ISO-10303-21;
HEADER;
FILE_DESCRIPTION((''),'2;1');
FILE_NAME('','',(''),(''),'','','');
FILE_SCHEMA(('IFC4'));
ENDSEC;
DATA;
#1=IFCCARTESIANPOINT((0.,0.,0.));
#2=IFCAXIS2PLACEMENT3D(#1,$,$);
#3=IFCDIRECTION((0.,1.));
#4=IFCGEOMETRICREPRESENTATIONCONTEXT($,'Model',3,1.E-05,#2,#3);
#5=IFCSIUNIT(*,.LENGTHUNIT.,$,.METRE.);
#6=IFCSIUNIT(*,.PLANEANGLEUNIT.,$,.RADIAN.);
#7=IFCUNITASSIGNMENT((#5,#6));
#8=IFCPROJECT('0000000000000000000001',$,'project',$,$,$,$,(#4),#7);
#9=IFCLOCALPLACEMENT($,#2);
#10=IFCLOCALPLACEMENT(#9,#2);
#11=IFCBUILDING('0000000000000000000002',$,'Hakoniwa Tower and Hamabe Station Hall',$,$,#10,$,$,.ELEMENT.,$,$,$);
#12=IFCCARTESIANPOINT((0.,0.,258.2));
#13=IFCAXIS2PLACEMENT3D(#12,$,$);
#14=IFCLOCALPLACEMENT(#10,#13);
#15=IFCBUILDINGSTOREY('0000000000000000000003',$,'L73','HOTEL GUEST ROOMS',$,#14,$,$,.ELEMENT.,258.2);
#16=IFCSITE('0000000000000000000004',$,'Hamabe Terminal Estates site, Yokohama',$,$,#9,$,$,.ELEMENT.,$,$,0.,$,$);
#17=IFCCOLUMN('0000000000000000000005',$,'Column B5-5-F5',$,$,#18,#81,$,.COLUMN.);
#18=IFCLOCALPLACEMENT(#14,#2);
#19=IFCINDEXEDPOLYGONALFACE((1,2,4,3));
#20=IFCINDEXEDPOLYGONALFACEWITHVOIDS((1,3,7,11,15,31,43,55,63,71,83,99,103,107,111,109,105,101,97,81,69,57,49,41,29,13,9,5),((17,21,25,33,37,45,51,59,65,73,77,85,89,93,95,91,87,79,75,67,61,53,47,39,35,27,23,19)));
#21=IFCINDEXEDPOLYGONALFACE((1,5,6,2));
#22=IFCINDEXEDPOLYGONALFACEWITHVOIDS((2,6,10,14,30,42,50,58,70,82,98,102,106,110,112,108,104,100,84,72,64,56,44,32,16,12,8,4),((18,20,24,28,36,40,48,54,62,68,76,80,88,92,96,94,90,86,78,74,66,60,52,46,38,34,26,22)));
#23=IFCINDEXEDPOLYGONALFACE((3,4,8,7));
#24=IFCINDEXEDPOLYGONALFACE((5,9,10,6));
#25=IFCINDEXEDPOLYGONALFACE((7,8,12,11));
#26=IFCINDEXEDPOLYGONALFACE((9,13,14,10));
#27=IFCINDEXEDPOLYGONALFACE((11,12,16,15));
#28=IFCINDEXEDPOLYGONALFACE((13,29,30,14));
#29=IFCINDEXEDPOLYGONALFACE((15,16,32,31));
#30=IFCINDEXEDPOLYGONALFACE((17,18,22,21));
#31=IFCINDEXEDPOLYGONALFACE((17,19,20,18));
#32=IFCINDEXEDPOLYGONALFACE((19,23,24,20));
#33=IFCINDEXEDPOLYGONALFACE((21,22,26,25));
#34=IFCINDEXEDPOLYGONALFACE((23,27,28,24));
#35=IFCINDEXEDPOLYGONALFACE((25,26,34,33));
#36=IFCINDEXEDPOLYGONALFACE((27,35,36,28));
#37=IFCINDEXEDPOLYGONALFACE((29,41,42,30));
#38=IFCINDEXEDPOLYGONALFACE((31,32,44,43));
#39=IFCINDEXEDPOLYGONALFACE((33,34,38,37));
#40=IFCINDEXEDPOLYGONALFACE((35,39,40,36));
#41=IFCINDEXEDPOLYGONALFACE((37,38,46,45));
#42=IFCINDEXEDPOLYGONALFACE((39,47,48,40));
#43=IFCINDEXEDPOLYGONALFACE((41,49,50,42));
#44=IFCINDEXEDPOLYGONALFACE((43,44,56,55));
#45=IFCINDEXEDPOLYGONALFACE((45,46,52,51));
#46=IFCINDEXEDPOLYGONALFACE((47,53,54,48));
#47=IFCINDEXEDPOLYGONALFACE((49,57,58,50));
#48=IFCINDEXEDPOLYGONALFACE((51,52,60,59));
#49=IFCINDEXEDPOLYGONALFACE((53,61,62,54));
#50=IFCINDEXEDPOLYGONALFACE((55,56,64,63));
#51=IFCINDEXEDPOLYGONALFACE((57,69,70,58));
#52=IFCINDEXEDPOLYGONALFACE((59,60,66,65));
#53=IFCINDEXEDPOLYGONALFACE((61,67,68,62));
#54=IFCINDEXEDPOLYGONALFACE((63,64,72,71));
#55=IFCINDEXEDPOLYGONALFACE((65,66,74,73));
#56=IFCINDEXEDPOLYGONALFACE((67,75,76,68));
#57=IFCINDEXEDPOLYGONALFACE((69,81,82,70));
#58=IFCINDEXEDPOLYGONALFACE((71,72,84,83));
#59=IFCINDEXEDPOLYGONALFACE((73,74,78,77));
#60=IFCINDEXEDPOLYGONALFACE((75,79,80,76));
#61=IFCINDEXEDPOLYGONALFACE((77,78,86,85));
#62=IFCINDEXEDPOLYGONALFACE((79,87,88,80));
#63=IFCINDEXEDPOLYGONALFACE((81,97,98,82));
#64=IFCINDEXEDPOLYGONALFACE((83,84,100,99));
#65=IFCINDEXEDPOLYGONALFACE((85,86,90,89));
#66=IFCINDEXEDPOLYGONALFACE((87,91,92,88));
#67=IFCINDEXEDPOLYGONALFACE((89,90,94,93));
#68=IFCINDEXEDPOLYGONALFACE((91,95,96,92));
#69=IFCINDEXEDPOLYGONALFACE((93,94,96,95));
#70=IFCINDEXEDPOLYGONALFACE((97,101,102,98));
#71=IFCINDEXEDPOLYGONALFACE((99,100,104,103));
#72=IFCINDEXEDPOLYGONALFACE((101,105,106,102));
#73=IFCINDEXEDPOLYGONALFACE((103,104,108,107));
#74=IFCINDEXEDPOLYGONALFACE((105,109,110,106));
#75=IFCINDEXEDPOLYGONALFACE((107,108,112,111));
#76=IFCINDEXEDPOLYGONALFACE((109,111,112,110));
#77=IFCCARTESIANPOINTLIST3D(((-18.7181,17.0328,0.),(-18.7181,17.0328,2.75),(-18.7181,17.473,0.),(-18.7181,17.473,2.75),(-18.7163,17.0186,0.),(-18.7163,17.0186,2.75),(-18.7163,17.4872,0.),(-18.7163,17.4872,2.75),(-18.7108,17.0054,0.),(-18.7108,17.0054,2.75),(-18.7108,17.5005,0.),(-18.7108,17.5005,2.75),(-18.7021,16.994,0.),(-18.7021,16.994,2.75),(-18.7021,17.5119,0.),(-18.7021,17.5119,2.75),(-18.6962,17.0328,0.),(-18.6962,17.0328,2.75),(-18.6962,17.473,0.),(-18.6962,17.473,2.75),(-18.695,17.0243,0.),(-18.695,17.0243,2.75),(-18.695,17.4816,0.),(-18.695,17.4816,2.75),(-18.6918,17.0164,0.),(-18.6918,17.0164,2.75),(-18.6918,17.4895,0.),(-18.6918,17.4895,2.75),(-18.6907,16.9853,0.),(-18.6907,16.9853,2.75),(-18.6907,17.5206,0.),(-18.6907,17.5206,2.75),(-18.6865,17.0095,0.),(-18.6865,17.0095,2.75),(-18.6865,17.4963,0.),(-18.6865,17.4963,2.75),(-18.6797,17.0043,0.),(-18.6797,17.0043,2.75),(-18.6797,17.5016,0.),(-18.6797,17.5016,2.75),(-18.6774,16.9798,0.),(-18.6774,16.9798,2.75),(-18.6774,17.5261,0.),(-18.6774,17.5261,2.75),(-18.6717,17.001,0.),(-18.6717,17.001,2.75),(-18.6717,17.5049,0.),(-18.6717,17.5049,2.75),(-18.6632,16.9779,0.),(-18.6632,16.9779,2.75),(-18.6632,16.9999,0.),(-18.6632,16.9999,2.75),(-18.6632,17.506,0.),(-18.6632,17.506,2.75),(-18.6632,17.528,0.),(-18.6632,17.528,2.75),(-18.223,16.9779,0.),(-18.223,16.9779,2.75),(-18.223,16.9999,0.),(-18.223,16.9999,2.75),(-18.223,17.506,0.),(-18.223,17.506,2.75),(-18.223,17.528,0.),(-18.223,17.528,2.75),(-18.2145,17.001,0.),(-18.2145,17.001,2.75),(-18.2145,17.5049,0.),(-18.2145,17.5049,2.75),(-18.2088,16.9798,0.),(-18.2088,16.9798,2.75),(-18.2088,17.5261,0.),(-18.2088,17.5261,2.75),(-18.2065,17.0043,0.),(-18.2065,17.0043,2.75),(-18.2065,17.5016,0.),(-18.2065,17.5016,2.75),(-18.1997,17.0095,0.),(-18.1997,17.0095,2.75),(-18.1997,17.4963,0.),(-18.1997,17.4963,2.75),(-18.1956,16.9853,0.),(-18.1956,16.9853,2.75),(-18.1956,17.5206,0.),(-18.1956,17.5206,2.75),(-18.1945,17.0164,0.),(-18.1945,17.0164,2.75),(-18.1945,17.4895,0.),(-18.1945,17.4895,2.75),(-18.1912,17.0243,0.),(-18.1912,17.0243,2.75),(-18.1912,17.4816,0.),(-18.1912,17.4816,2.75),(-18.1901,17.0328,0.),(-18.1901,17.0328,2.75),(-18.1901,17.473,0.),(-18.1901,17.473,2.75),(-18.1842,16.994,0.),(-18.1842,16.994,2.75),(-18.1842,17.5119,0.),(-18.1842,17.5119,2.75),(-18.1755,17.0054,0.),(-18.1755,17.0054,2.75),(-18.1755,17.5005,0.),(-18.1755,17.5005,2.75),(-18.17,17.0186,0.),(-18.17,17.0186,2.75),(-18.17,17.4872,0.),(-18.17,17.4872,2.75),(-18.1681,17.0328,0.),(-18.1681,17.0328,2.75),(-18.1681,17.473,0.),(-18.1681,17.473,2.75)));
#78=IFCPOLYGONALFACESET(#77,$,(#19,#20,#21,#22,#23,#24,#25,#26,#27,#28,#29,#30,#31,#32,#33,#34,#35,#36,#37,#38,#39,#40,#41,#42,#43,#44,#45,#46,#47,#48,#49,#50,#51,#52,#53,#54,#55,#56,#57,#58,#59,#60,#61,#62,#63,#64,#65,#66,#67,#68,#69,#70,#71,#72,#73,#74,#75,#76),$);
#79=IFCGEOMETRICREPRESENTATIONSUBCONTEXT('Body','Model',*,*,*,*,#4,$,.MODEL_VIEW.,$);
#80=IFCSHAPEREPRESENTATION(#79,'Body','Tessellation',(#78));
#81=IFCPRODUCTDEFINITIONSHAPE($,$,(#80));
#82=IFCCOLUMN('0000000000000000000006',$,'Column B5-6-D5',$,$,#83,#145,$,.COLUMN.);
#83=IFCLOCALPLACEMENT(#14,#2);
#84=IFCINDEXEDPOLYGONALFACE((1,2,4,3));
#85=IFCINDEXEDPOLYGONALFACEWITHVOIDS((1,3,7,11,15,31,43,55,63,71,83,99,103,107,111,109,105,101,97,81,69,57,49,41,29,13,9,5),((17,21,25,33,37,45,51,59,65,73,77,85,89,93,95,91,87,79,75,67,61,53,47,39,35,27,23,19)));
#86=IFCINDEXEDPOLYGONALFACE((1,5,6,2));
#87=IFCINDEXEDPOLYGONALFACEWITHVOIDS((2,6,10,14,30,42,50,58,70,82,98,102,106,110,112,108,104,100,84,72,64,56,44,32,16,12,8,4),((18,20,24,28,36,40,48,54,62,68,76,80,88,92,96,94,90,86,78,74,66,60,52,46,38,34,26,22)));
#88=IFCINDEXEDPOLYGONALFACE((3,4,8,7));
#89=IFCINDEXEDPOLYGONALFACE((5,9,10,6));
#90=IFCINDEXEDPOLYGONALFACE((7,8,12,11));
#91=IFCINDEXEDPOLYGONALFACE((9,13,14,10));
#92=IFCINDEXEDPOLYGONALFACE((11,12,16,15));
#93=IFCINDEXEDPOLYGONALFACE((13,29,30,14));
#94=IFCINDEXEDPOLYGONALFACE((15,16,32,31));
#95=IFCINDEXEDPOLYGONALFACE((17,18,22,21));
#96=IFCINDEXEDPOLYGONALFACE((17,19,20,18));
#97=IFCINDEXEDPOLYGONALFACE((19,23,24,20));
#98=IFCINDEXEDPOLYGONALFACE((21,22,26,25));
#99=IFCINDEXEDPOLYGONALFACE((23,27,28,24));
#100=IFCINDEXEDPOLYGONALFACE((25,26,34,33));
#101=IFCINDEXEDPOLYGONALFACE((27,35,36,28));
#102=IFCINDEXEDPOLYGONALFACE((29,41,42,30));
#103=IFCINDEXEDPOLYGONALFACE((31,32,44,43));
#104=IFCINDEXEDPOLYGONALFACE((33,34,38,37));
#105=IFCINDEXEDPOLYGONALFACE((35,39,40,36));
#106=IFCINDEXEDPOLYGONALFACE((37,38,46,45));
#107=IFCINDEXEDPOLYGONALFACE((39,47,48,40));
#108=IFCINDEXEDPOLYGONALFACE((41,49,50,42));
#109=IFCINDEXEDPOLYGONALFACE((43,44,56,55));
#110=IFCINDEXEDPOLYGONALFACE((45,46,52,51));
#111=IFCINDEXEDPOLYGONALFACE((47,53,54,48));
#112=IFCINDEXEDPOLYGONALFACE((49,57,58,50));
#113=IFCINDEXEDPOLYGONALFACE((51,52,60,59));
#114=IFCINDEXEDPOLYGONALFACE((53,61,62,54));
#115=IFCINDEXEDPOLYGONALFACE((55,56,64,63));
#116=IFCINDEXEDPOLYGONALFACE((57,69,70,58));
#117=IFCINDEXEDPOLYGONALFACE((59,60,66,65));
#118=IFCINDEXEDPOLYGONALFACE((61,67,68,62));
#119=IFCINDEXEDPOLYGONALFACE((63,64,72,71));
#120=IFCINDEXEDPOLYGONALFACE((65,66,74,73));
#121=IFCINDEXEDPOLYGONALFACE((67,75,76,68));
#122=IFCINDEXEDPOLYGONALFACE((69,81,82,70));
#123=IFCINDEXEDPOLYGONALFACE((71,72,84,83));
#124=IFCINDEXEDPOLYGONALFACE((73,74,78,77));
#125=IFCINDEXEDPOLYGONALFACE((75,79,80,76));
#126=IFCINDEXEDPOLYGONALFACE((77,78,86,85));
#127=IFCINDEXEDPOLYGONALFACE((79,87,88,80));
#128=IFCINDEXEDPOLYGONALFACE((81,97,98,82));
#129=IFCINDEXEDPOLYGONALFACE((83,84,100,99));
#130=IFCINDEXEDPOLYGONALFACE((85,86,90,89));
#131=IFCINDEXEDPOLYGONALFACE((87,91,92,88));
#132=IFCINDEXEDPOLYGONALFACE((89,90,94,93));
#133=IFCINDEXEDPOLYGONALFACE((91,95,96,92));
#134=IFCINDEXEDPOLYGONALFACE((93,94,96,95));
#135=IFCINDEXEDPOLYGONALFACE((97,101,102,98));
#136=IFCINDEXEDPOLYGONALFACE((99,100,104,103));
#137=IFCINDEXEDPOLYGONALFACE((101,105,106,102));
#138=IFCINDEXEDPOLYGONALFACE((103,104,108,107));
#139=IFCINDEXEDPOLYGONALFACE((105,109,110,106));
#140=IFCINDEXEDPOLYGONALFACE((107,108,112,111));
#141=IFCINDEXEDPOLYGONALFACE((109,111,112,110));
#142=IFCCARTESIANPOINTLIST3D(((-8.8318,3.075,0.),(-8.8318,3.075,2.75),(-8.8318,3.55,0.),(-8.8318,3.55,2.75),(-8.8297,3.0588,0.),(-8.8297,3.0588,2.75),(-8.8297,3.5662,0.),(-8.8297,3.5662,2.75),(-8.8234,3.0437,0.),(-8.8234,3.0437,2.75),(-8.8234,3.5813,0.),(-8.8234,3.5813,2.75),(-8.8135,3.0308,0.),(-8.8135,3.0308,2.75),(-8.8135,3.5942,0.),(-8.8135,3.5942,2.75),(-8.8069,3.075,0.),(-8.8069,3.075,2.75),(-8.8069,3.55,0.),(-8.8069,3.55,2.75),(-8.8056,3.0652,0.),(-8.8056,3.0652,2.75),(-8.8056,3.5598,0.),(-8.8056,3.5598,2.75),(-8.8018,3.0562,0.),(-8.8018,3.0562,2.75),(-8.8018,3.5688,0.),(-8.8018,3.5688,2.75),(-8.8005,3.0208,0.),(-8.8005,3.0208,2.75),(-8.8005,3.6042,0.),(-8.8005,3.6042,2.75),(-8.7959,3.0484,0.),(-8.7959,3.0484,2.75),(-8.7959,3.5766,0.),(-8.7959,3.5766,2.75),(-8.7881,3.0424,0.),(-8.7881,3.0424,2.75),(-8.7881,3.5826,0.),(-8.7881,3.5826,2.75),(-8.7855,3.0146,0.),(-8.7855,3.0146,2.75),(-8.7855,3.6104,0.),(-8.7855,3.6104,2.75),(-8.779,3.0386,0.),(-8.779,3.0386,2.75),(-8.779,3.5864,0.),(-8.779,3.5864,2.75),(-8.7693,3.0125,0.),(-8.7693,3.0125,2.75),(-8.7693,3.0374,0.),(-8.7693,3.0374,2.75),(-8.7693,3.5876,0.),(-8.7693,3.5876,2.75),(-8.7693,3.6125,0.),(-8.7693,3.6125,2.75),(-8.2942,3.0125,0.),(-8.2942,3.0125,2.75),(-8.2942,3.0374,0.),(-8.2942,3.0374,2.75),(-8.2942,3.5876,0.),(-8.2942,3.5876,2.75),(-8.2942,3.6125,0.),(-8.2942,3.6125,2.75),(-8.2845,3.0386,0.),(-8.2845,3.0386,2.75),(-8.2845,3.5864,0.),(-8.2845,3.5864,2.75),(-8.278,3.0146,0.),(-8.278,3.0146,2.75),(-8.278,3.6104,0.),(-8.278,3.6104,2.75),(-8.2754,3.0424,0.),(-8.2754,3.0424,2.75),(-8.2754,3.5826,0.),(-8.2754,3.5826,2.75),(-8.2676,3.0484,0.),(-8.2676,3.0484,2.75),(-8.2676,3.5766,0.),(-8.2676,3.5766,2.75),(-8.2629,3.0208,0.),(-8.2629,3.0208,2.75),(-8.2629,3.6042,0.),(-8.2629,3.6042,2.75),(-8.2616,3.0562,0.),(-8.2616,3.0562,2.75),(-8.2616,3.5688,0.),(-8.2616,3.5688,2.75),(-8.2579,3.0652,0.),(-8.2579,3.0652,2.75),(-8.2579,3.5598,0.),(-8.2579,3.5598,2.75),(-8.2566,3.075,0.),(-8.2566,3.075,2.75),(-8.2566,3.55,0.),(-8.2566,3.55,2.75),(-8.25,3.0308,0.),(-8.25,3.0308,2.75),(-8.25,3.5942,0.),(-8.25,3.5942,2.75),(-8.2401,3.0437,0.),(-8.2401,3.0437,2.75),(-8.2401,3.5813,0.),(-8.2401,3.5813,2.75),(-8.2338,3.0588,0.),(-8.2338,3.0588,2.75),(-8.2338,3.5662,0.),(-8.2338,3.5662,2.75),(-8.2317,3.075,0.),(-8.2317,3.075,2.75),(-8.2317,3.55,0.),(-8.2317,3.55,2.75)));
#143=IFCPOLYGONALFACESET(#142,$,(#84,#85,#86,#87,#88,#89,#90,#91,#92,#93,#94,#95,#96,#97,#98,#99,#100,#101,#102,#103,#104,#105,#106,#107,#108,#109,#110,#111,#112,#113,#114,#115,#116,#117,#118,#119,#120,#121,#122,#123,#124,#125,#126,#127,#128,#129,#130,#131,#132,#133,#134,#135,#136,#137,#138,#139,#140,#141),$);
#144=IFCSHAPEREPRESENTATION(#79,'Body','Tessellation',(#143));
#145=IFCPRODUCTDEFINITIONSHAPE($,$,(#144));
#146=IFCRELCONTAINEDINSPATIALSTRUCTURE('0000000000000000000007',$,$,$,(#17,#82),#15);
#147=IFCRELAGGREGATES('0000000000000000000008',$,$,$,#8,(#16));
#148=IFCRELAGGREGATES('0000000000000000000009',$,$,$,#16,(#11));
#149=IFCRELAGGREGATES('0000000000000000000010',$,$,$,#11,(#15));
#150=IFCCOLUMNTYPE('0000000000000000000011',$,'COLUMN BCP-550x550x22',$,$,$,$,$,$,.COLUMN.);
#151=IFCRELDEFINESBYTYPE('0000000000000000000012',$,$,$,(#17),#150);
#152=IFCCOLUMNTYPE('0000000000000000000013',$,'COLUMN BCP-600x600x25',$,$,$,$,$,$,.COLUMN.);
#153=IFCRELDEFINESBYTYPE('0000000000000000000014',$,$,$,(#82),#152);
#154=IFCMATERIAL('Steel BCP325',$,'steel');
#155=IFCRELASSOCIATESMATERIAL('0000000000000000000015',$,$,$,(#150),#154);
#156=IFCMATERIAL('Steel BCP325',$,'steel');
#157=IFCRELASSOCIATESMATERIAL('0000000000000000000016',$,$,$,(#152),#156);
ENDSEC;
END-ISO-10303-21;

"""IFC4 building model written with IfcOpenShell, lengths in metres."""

from ifc_helpers import new_model, si_unit, direction, frame, origin, origin_2d, place, context, subcontext, project, spatial, hollow_rectangle, extrude, material, material_profile, profile_set, type_object, element, save


model = new_model("IFC4")

# Units and contexts
model_context = context("Model", 3, precision=1e-05, world=origin(), true_north=direction((0.0, 1.0)))
body_context = subcontext(model_context, "Body", "Model", "MODEL_VIEW")
ifc_project = project(units=[si_unit("LENGTHUNIT", "METRE"), si_unit("PLANEANGLEUNIT", "RADIAN")], contexts=[model_context])

# Site, building, storey
site_placement = place(None, origin())
site = spatial("IfcSite", under=ifc_project, at=site_placement, Name="Hamabe Terminal Estates site, Yokohama", CompositionType="ELEMENT", RefElevation=0.0)
building_placement = place(site_placement, origin())
building = spatial("IfcBuilding", under=site, at=building_placement, Name="Hakoniwa Tower and Hamabe Station Hall", CompositionType="ELEMENT")
storey_placement = place(building_placement, frame((0.0, 0.0, 258.2)))
storey = spatial("IfcBuildingStorey", under=building, at=storey_placement, Name="L73", Description="HOTEL GUEST ROOMS", CompositionType="ELEMENT", Elevation=258.2)

# Columns
ifc_material_1 = material(Name="Steel BCP325", Category="steel")
ifc_material_profile_1 = material_profile(ifc_material_1, hollow_rectangle(XDim=0.55, YDim=0.55, WallThickness=0.022, InnerFilletRadius=0.033, OuterFilletRadius=0.0549, at=origin_2d()), Name="BCP-550x550x22")
ifc_profile_set_1 = profile_set([ifc_material_profile_1], Name="Steel BCP325")
column_type_1 = type_object("IfcColumnType", Name="COLUMN BCP-550x550x22", PredefinedType="COLUMN", material=ifc_profile_set_1)
column_placement = place(storey_placement, frame((-18.4431, 17.2529, 0.0), z_axis=(0.0, 0.0, 1.0), x_axis=(1.0, 0.0, 0.0)))
element("IfcColumn", 1, at=column_placement, inside=storey, type_object=column_type_1, Name="Column B5-5-F5", PredefinedType="COLUMN", context=body_context, shape_type="SweptSolid", body=[
    extrude(hollow_rectangle(XDim=0.55, YDim=0.55, WallThickness=0.022, InnerFilletRadius=0.033, OuterFilletRadius=0.0549, at=origin_2d()), origin(), (0.0, 0.0, 1.0), 2.75),
])
ifc_material_2 = material(Name="Steel BCP325", Category="steel")
ifc_material_profile_2 = material_profile(ifc_material_2, hollow_rectangle(XDim=0.6001, YDim=0.6001, WallThickness=0.0249, InnerFilletRadius=0.0376, OuterFilletRadius=0.0625, at=origin_2d()), Name="BCP-600x600x25")
ifc_profile_set_2 = profile_set([ifc_material_profile_2], Name="Steel BCP325")
column_type_2 = type_object("IfcColumnType", Name="COLUMN BCP-600x600x25", PredefinedType="COLUMN", material=ifc_profile_set_2)
for number, where, z_axis, x_axis, name in (
    (2, (-8.5317, 3.3125, 0.0), (0.0, 0.0, 1.0), (1.0, 0.0, 0.0), "Column B5-6-D5"),
):
    element("IfcColumn", number, at=place(storey_placement, frame(where, z_axis=z_axis, x_axis=x_axis)), inside=storey, type_object=column_type_2, Name=name, PredefinedType="COLUMN", context=body_context, shape_type="SweptSolid", body=[
        extrude(hollow_rectangle(XDim=0.6001, YDim=0.6001, WallThickness=0.0249, InnerFilletRadius=0.0376, OuterFilletRadius=0.0625, at=origin_2d()), origin(), (0.0, 0.0, 1.0), 2.75),
    ])

save(model, "model.ifc")
